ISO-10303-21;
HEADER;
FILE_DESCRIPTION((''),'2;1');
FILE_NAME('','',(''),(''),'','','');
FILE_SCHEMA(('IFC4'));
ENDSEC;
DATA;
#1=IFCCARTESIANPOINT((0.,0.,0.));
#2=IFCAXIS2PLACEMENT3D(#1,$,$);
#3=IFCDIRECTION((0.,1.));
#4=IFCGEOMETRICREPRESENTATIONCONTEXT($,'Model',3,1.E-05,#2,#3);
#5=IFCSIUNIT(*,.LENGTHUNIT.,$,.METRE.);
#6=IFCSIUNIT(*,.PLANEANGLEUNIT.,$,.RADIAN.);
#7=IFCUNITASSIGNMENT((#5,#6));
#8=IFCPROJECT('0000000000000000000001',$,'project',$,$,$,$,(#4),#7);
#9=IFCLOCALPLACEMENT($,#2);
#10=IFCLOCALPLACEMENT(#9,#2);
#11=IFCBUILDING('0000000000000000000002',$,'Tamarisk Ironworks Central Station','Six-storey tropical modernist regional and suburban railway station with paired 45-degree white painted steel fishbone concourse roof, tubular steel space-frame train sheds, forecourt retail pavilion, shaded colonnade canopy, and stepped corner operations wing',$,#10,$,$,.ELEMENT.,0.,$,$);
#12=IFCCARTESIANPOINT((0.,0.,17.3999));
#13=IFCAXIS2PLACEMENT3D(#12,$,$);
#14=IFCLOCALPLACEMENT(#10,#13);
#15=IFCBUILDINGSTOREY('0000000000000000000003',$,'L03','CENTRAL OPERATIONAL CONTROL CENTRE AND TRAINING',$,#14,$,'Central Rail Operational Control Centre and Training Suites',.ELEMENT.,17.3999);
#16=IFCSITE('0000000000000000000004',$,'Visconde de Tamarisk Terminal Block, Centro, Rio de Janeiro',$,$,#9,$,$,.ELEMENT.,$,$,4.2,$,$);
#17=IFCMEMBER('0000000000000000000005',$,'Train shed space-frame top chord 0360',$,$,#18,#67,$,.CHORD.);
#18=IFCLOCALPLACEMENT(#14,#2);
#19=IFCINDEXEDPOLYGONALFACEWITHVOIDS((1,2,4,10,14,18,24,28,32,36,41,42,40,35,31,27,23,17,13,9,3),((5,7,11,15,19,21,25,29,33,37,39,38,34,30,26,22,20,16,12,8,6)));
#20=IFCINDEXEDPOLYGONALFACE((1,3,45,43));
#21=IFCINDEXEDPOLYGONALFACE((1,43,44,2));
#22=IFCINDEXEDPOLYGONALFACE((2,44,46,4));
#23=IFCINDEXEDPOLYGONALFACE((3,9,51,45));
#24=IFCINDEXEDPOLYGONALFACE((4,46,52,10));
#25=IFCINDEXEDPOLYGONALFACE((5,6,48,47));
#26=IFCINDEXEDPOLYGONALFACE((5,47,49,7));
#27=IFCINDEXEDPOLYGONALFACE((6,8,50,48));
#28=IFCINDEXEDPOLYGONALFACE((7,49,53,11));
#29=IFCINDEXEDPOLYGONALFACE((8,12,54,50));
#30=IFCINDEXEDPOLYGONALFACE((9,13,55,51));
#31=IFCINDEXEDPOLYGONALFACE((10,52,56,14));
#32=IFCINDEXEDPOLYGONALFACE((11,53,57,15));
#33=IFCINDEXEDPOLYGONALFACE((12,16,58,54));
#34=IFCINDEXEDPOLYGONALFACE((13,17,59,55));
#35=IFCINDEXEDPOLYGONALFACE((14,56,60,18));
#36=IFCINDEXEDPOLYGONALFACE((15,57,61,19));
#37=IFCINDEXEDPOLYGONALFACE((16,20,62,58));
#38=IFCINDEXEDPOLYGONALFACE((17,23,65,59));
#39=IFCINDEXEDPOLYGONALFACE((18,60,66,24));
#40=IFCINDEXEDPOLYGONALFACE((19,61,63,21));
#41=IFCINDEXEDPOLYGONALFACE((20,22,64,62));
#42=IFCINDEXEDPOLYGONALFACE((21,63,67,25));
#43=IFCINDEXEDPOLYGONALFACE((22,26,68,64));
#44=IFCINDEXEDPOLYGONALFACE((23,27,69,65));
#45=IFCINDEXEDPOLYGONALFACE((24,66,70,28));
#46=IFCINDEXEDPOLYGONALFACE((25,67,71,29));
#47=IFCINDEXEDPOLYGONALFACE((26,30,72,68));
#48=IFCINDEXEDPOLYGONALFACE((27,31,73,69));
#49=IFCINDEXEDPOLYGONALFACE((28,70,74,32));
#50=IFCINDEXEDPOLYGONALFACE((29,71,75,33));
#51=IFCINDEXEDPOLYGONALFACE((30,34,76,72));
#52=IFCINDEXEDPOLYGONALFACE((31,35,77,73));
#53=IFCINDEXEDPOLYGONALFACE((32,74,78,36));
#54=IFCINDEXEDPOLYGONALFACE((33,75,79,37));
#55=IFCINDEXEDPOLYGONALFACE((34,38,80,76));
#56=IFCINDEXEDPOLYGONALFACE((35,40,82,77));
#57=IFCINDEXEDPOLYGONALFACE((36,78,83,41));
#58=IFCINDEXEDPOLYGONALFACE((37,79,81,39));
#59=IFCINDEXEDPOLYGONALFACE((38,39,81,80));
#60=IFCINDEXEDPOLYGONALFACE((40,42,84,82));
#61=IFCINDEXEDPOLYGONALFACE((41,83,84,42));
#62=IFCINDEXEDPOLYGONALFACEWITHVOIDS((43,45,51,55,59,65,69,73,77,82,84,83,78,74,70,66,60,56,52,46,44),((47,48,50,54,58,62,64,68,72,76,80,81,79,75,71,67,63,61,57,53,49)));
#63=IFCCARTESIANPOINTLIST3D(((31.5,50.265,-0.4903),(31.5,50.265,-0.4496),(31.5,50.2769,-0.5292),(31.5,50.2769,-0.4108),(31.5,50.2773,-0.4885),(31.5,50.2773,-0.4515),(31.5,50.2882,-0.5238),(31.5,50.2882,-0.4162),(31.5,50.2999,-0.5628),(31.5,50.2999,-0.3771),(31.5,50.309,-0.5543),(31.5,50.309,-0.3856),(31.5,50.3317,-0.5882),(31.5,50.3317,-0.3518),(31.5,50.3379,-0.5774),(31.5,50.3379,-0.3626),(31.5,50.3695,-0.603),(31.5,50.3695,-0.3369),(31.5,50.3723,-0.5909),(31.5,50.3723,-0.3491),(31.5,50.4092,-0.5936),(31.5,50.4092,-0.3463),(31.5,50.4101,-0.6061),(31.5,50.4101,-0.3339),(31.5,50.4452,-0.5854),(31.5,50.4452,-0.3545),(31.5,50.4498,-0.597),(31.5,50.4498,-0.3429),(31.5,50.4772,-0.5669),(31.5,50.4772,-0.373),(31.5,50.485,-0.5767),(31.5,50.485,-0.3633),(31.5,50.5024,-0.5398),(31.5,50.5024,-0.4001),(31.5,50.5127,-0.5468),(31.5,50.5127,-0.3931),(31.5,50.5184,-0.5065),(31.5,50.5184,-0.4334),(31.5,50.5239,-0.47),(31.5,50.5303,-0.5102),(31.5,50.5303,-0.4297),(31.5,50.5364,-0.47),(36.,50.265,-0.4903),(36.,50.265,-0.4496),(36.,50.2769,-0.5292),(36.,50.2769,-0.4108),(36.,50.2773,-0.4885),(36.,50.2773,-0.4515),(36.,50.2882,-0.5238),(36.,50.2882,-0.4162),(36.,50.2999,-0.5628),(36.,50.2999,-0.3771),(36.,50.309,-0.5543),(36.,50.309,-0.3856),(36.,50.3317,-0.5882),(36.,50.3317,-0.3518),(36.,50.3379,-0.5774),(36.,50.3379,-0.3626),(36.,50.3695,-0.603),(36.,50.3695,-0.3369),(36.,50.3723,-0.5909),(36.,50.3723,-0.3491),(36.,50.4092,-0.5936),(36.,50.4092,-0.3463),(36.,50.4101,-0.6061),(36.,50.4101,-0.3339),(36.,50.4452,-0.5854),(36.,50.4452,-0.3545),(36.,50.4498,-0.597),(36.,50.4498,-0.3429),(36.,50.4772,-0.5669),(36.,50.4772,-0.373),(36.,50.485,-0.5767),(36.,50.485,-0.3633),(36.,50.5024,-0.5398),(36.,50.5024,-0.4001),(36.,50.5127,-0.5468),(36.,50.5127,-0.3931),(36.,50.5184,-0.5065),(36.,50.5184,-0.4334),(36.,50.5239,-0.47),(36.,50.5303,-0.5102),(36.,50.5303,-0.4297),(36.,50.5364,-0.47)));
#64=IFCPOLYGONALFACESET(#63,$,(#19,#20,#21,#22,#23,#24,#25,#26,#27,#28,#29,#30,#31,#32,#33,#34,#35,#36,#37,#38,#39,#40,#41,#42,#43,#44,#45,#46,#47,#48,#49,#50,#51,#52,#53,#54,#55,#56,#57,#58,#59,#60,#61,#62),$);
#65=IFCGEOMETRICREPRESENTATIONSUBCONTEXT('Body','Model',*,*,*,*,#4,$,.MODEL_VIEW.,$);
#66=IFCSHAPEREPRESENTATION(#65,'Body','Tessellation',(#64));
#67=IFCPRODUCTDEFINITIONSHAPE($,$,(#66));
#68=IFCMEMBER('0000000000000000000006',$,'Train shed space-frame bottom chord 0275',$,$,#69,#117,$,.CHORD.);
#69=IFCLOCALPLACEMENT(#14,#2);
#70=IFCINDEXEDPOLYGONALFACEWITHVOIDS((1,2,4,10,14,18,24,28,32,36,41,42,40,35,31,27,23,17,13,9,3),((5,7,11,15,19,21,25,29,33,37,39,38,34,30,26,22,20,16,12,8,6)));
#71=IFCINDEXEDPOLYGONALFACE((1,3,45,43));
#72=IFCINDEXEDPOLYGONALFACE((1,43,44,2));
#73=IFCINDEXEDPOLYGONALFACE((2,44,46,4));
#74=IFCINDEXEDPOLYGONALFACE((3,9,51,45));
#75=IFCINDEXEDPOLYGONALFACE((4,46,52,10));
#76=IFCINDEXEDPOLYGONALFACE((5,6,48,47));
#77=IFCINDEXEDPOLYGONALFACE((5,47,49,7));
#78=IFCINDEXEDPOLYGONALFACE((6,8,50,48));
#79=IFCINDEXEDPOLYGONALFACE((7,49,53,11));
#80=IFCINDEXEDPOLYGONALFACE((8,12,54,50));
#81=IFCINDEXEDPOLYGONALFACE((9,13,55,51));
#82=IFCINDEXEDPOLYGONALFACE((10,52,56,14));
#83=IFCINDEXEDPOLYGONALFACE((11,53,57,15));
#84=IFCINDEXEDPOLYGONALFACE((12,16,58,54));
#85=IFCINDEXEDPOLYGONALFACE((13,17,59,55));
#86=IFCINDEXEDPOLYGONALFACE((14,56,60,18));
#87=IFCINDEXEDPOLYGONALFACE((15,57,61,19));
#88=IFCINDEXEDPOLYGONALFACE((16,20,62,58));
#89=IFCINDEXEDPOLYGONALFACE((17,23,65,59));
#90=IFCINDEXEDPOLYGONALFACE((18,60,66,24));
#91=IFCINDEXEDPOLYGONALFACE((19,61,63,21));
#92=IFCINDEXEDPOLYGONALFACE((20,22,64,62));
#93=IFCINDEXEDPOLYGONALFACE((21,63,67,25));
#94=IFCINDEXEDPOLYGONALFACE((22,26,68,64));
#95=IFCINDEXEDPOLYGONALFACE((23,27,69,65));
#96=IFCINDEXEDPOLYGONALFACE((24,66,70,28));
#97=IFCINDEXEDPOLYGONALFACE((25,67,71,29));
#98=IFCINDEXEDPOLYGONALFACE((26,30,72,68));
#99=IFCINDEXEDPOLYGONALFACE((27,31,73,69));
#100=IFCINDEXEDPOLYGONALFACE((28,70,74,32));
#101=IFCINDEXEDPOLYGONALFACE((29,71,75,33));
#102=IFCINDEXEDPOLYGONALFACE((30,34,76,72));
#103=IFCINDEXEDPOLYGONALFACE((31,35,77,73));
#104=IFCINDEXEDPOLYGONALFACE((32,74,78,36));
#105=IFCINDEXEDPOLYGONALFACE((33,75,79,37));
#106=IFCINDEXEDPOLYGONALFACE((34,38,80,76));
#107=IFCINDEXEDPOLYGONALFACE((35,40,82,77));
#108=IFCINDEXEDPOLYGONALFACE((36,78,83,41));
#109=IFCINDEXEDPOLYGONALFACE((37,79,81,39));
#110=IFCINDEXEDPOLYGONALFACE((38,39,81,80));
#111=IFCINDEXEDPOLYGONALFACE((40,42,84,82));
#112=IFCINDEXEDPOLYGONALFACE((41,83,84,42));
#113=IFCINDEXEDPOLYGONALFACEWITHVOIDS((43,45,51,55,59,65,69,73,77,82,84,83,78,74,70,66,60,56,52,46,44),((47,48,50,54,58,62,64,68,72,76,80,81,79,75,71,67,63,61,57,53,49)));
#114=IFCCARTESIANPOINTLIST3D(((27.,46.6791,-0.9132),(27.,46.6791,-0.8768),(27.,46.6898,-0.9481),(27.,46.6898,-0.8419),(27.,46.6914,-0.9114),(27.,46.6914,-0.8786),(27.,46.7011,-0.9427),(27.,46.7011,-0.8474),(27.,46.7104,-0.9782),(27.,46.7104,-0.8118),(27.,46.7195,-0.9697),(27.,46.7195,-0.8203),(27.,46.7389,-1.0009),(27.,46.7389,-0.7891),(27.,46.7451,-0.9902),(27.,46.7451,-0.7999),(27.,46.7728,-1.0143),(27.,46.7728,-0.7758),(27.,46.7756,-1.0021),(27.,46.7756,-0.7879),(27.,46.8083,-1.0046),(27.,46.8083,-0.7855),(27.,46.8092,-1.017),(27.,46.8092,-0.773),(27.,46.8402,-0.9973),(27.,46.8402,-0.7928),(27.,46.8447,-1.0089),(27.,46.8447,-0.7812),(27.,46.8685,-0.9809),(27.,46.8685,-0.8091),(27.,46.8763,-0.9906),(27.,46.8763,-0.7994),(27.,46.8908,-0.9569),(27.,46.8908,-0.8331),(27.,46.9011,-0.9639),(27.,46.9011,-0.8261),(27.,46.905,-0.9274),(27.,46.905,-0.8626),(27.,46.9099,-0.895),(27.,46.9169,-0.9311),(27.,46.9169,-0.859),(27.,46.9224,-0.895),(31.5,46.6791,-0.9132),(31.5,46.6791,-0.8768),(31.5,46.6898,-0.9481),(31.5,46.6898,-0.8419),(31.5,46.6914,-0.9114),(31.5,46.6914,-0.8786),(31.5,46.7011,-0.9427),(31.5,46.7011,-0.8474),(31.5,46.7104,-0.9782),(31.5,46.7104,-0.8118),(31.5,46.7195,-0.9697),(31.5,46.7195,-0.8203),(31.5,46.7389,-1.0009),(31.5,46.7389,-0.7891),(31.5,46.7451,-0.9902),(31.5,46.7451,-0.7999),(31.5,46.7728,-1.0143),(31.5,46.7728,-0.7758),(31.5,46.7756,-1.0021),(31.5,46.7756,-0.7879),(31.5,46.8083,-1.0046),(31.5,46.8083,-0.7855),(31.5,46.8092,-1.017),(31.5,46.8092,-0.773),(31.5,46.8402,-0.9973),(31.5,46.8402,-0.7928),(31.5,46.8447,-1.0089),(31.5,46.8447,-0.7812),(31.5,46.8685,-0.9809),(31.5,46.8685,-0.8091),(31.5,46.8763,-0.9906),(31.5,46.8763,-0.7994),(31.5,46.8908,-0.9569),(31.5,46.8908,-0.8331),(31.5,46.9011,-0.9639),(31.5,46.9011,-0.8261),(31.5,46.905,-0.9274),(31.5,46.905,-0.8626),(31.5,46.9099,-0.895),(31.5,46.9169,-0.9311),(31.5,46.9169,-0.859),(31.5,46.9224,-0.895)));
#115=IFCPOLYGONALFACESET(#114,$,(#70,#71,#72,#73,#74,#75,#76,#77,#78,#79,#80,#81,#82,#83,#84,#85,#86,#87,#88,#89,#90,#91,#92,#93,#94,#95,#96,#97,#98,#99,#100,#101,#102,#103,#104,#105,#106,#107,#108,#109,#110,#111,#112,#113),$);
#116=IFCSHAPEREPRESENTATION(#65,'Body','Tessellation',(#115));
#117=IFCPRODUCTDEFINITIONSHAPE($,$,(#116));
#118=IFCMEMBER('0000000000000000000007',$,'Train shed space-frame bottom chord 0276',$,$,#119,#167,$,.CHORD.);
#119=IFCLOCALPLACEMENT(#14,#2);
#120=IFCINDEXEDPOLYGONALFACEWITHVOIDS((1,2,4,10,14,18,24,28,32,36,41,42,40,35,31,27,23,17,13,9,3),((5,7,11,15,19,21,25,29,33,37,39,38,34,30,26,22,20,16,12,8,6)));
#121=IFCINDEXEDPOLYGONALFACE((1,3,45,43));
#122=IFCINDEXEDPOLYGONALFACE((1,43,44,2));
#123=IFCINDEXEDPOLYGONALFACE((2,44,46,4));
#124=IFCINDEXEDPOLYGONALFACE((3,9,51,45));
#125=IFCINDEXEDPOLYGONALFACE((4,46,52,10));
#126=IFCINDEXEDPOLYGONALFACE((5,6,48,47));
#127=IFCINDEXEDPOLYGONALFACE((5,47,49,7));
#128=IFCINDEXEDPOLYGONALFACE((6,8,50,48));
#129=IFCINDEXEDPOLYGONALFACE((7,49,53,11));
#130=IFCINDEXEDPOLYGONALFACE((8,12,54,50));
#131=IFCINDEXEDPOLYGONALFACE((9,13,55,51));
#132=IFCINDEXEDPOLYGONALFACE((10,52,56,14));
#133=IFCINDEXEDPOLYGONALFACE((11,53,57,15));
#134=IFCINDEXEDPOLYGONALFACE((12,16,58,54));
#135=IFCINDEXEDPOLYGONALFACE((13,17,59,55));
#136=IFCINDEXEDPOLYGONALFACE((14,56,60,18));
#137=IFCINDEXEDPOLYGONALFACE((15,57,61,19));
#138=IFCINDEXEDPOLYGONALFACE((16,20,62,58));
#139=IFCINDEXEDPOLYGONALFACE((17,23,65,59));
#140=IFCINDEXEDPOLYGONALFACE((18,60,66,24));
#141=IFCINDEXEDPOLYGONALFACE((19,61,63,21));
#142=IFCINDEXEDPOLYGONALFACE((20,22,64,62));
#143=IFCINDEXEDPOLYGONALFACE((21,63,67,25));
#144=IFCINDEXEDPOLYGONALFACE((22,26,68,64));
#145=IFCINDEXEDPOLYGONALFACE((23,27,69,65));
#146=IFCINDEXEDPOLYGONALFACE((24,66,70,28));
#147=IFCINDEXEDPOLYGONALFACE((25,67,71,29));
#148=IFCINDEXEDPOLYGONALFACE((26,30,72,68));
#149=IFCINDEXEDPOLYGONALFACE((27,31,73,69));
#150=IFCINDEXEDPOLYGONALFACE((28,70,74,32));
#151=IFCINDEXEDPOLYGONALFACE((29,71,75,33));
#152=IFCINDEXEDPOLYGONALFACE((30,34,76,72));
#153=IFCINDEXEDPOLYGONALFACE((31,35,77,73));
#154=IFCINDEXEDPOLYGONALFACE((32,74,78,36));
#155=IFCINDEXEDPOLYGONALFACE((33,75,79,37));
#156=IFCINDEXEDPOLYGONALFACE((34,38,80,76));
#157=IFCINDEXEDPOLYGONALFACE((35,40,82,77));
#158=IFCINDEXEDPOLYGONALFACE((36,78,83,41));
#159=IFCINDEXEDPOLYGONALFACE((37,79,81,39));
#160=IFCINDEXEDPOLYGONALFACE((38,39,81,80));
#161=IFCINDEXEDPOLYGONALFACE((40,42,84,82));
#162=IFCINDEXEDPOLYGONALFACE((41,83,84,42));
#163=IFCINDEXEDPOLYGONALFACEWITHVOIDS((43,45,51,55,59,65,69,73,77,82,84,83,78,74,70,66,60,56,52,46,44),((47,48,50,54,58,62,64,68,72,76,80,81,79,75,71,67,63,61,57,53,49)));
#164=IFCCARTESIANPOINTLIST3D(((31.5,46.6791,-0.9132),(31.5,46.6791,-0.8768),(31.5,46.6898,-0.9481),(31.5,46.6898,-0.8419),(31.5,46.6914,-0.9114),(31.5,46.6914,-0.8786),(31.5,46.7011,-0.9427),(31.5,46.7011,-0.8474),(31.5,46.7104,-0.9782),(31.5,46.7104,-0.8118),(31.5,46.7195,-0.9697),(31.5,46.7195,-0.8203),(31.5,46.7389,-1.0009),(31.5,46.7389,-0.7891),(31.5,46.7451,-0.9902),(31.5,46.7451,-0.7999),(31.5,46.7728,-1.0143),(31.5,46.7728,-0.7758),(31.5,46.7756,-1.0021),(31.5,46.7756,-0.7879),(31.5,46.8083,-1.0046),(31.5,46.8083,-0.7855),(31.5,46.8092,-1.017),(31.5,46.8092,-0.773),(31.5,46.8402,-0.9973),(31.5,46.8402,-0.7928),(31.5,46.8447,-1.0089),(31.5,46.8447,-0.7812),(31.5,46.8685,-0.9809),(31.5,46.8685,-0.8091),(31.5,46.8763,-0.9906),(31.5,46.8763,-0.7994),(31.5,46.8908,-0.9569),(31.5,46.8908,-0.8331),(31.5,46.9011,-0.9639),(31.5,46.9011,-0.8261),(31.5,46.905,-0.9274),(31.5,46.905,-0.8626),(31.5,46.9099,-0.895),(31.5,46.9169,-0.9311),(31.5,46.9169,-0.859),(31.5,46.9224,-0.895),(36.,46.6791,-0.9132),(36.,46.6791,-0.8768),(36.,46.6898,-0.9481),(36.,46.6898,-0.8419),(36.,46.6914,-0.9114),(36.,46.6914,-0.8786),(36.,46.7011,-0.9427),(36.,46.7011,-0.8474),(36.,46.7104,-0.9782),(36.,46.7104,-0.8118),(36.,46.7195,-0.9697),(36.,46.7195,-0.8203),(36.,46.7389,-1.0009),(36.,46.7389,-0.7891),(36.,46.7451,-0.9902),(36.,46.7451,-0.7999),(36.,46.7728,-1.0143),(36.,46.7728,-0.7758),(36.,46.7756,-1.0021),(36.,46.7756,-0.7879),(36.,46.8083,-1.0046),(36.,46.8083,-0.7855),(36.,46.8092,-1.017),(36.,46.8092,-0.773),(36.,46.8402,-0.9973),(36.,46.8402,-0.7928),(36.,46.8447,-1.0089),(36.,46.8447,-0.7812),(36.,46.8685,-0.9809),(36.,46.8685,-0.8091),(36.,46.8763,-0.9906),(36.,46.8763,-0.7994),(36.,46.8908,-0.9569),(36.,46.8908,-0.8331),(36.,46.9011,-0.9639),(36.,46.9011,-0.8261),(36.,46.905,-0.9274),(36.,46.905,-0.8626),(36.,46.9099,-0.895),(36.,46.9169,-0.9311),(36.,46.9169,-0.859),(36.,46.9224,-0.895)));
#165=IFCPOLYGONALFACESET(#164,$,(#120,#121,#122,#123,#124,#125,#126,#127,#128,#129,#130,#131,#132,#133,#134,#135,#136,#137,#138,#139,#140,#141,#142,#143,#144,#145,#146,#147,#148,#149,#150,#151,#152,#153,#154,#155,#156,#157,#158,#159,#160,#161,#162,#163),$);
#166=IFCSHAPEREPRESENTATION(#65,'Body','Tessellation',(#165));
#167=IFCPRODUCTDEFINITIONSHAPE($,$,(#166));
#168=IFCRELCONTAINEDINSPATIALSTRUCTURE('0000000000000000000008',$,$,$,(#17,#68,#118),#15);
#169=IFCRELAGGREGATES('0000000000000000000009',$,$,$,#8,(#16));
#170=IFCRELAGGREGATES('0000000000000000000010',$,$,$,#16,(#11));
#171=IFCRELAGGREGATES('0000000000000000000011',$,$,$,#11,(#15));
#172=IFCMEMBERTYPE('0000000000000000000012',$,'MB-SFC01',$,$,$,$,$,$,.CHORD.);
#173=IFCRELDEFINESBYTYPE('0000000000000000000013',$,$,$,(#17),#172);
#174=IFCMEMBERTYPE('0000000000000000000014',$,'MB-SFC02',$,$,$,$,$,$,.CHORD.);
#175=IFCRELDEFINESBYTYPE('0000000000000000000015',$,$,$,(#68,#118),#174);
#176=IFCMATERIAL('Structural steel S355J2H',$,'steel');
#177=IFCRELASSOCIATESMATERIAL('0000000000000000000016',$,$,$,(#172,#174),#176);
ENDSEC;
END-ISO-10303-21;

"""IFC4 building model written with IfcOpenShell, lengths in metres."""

from ifc_helpers import new_model, si_unit, direction, frame, origin, origin_2d, place, context, subcontext, project, spatial, hollow_circle, extrude, material, material_profile, profile_set, type_object, element, save


model = new_model("IFC4")

# Units and contexts
model_context = context("Model", 3, precision=1e-05, world=origin(), true_north=direction((0.0, 1.0)))
body_context = subcontext(model_context, "Body", "Model", "MODEL_VIEW")
ifc_project = project(units=[si_unit("LENGTHUNIT", "METRE"), si_unit("PLANEANGLEUNIT", "RADIAN")], contexts=[model_context])

# Site, building, storey
site_placement = place(None, origin())
site = spatial("IfcSite", under=ifc_project, at=site_placement, Name="Visconde de Tamarisk Terminal Block, Centro, Rio de Janeiro", CompositionType="ELEMENT", RefElevation=4.2)
building_placement = place(site_placement, origin())
building = spatial("IfcBuilding", under=site, at=building_placement, Name="Tamarisk Ironworks Central Station", Description="Six-storey tropical modernist regional and suburban railway station with paired 45-degree white painted steel fishbone concourse roof, tubular steel space-frame train sheds, forecourt retail pavilion, shaded colonnade canopy, and stepped corner operations wing", CompositionType="ELEMENT", ElevationOfRefHeight=0.0)
storey_placement = place(building_placement, frame((0.0, 0.0, 17.3999)))
storey = spatial("IfcBuildingStorey", under=building, at=storey_placement, Name="L03", Description="CENTRAL OPERATIONAL CONTROL CENTRE AND TRAINING", LongName="Central Rail Operational Control Centre and Training Suites", CompositionType="ELEMENT", Elevation=17.3999)

# Members
ifc_material_1 = material(Name="Structural steel S355J2H", Category="steel")
ifc_material_profile_1 = material_profile(ifc_material_1, hollow_circle(Radius=0.1365, WallThickness=0.0125, at=origin_2d()), Name="CHS 273x12.5")
ifc_profile_set_1 = profile_set([ifc_material_profile_1], Name="Structural steel S355J2H")
member_type_1 = type_object("IfcMemberType", Name="MB-SFC01", PredefinedType="CHORD", material=ifc_profile_set_1)
for number, where, z_axis, x_axis, name in (
    (1, (31.5, 50.3999, -0.47), (1.0, 0.0, 0.0), (0.0, 1.0, 0.0), "Train shed space-frame top chord 0360"),
):
    element("IfcMember", number, at=place(storey_placement, frame(where, z_axis=z_axis, x_axis=x_axis)), inside=storey, type_object=member_type_1, Name=name, PredefinedType="CHORD", context=body_context, shape_type="SweptSolid", body=[
        extrude(hollow_circle(Radius=0.1365, WallThickness=0.0125, at=origin_2d()), origin(), (0.0, 0.0, 1.0), 4.5),
    ])
ifc_material_profile_2 = material_profile(ifc_material_1, hollow_circle(Radius=0.1223, WallThickness=0.0125, at=origin_2d()), Name="CHS 244.5x12.5")
ifc_profile_set_2 = profile_set([ifc_material_profile_2], Name="Structural steel S355J2H")
member_type_2 = type_object("IfcMemberType", Name="MB-SFC02", PredefinedType="CHORD", material=ifc_profile_set_2)
for number, where, z_axis, x_axis, name in (
    (2, (27.0, 46.8, -0.895), (1.0, 0.0, 0.0), (0.0, 1.0, 0.0), "Train shed space-frame bottom chord 0275"),
    (3, (31.5, 46.8, -0.895), (1.0, 0.0, 0.0), (0.0, 1.0, 0.0), "Train shed space-frame bottom chord 0276"),
):
    element("IfcMember", number, at=place(storey_placement, frame(where, z_axis=z_axis, x_axis=x_axis)), inside=storey, type_object=member_type_2, Name=name, PredefinedType="CHORD", context=body_context, shape_type="SweptSolid", body=[
        extrude(hollow_circle(Radius=0.1223, WallThickness=0.0125, at=origin_2d()), origin(), (0.0, 0.0, 1.0), 4.5),
    ])

save(model, "model.ifc")
